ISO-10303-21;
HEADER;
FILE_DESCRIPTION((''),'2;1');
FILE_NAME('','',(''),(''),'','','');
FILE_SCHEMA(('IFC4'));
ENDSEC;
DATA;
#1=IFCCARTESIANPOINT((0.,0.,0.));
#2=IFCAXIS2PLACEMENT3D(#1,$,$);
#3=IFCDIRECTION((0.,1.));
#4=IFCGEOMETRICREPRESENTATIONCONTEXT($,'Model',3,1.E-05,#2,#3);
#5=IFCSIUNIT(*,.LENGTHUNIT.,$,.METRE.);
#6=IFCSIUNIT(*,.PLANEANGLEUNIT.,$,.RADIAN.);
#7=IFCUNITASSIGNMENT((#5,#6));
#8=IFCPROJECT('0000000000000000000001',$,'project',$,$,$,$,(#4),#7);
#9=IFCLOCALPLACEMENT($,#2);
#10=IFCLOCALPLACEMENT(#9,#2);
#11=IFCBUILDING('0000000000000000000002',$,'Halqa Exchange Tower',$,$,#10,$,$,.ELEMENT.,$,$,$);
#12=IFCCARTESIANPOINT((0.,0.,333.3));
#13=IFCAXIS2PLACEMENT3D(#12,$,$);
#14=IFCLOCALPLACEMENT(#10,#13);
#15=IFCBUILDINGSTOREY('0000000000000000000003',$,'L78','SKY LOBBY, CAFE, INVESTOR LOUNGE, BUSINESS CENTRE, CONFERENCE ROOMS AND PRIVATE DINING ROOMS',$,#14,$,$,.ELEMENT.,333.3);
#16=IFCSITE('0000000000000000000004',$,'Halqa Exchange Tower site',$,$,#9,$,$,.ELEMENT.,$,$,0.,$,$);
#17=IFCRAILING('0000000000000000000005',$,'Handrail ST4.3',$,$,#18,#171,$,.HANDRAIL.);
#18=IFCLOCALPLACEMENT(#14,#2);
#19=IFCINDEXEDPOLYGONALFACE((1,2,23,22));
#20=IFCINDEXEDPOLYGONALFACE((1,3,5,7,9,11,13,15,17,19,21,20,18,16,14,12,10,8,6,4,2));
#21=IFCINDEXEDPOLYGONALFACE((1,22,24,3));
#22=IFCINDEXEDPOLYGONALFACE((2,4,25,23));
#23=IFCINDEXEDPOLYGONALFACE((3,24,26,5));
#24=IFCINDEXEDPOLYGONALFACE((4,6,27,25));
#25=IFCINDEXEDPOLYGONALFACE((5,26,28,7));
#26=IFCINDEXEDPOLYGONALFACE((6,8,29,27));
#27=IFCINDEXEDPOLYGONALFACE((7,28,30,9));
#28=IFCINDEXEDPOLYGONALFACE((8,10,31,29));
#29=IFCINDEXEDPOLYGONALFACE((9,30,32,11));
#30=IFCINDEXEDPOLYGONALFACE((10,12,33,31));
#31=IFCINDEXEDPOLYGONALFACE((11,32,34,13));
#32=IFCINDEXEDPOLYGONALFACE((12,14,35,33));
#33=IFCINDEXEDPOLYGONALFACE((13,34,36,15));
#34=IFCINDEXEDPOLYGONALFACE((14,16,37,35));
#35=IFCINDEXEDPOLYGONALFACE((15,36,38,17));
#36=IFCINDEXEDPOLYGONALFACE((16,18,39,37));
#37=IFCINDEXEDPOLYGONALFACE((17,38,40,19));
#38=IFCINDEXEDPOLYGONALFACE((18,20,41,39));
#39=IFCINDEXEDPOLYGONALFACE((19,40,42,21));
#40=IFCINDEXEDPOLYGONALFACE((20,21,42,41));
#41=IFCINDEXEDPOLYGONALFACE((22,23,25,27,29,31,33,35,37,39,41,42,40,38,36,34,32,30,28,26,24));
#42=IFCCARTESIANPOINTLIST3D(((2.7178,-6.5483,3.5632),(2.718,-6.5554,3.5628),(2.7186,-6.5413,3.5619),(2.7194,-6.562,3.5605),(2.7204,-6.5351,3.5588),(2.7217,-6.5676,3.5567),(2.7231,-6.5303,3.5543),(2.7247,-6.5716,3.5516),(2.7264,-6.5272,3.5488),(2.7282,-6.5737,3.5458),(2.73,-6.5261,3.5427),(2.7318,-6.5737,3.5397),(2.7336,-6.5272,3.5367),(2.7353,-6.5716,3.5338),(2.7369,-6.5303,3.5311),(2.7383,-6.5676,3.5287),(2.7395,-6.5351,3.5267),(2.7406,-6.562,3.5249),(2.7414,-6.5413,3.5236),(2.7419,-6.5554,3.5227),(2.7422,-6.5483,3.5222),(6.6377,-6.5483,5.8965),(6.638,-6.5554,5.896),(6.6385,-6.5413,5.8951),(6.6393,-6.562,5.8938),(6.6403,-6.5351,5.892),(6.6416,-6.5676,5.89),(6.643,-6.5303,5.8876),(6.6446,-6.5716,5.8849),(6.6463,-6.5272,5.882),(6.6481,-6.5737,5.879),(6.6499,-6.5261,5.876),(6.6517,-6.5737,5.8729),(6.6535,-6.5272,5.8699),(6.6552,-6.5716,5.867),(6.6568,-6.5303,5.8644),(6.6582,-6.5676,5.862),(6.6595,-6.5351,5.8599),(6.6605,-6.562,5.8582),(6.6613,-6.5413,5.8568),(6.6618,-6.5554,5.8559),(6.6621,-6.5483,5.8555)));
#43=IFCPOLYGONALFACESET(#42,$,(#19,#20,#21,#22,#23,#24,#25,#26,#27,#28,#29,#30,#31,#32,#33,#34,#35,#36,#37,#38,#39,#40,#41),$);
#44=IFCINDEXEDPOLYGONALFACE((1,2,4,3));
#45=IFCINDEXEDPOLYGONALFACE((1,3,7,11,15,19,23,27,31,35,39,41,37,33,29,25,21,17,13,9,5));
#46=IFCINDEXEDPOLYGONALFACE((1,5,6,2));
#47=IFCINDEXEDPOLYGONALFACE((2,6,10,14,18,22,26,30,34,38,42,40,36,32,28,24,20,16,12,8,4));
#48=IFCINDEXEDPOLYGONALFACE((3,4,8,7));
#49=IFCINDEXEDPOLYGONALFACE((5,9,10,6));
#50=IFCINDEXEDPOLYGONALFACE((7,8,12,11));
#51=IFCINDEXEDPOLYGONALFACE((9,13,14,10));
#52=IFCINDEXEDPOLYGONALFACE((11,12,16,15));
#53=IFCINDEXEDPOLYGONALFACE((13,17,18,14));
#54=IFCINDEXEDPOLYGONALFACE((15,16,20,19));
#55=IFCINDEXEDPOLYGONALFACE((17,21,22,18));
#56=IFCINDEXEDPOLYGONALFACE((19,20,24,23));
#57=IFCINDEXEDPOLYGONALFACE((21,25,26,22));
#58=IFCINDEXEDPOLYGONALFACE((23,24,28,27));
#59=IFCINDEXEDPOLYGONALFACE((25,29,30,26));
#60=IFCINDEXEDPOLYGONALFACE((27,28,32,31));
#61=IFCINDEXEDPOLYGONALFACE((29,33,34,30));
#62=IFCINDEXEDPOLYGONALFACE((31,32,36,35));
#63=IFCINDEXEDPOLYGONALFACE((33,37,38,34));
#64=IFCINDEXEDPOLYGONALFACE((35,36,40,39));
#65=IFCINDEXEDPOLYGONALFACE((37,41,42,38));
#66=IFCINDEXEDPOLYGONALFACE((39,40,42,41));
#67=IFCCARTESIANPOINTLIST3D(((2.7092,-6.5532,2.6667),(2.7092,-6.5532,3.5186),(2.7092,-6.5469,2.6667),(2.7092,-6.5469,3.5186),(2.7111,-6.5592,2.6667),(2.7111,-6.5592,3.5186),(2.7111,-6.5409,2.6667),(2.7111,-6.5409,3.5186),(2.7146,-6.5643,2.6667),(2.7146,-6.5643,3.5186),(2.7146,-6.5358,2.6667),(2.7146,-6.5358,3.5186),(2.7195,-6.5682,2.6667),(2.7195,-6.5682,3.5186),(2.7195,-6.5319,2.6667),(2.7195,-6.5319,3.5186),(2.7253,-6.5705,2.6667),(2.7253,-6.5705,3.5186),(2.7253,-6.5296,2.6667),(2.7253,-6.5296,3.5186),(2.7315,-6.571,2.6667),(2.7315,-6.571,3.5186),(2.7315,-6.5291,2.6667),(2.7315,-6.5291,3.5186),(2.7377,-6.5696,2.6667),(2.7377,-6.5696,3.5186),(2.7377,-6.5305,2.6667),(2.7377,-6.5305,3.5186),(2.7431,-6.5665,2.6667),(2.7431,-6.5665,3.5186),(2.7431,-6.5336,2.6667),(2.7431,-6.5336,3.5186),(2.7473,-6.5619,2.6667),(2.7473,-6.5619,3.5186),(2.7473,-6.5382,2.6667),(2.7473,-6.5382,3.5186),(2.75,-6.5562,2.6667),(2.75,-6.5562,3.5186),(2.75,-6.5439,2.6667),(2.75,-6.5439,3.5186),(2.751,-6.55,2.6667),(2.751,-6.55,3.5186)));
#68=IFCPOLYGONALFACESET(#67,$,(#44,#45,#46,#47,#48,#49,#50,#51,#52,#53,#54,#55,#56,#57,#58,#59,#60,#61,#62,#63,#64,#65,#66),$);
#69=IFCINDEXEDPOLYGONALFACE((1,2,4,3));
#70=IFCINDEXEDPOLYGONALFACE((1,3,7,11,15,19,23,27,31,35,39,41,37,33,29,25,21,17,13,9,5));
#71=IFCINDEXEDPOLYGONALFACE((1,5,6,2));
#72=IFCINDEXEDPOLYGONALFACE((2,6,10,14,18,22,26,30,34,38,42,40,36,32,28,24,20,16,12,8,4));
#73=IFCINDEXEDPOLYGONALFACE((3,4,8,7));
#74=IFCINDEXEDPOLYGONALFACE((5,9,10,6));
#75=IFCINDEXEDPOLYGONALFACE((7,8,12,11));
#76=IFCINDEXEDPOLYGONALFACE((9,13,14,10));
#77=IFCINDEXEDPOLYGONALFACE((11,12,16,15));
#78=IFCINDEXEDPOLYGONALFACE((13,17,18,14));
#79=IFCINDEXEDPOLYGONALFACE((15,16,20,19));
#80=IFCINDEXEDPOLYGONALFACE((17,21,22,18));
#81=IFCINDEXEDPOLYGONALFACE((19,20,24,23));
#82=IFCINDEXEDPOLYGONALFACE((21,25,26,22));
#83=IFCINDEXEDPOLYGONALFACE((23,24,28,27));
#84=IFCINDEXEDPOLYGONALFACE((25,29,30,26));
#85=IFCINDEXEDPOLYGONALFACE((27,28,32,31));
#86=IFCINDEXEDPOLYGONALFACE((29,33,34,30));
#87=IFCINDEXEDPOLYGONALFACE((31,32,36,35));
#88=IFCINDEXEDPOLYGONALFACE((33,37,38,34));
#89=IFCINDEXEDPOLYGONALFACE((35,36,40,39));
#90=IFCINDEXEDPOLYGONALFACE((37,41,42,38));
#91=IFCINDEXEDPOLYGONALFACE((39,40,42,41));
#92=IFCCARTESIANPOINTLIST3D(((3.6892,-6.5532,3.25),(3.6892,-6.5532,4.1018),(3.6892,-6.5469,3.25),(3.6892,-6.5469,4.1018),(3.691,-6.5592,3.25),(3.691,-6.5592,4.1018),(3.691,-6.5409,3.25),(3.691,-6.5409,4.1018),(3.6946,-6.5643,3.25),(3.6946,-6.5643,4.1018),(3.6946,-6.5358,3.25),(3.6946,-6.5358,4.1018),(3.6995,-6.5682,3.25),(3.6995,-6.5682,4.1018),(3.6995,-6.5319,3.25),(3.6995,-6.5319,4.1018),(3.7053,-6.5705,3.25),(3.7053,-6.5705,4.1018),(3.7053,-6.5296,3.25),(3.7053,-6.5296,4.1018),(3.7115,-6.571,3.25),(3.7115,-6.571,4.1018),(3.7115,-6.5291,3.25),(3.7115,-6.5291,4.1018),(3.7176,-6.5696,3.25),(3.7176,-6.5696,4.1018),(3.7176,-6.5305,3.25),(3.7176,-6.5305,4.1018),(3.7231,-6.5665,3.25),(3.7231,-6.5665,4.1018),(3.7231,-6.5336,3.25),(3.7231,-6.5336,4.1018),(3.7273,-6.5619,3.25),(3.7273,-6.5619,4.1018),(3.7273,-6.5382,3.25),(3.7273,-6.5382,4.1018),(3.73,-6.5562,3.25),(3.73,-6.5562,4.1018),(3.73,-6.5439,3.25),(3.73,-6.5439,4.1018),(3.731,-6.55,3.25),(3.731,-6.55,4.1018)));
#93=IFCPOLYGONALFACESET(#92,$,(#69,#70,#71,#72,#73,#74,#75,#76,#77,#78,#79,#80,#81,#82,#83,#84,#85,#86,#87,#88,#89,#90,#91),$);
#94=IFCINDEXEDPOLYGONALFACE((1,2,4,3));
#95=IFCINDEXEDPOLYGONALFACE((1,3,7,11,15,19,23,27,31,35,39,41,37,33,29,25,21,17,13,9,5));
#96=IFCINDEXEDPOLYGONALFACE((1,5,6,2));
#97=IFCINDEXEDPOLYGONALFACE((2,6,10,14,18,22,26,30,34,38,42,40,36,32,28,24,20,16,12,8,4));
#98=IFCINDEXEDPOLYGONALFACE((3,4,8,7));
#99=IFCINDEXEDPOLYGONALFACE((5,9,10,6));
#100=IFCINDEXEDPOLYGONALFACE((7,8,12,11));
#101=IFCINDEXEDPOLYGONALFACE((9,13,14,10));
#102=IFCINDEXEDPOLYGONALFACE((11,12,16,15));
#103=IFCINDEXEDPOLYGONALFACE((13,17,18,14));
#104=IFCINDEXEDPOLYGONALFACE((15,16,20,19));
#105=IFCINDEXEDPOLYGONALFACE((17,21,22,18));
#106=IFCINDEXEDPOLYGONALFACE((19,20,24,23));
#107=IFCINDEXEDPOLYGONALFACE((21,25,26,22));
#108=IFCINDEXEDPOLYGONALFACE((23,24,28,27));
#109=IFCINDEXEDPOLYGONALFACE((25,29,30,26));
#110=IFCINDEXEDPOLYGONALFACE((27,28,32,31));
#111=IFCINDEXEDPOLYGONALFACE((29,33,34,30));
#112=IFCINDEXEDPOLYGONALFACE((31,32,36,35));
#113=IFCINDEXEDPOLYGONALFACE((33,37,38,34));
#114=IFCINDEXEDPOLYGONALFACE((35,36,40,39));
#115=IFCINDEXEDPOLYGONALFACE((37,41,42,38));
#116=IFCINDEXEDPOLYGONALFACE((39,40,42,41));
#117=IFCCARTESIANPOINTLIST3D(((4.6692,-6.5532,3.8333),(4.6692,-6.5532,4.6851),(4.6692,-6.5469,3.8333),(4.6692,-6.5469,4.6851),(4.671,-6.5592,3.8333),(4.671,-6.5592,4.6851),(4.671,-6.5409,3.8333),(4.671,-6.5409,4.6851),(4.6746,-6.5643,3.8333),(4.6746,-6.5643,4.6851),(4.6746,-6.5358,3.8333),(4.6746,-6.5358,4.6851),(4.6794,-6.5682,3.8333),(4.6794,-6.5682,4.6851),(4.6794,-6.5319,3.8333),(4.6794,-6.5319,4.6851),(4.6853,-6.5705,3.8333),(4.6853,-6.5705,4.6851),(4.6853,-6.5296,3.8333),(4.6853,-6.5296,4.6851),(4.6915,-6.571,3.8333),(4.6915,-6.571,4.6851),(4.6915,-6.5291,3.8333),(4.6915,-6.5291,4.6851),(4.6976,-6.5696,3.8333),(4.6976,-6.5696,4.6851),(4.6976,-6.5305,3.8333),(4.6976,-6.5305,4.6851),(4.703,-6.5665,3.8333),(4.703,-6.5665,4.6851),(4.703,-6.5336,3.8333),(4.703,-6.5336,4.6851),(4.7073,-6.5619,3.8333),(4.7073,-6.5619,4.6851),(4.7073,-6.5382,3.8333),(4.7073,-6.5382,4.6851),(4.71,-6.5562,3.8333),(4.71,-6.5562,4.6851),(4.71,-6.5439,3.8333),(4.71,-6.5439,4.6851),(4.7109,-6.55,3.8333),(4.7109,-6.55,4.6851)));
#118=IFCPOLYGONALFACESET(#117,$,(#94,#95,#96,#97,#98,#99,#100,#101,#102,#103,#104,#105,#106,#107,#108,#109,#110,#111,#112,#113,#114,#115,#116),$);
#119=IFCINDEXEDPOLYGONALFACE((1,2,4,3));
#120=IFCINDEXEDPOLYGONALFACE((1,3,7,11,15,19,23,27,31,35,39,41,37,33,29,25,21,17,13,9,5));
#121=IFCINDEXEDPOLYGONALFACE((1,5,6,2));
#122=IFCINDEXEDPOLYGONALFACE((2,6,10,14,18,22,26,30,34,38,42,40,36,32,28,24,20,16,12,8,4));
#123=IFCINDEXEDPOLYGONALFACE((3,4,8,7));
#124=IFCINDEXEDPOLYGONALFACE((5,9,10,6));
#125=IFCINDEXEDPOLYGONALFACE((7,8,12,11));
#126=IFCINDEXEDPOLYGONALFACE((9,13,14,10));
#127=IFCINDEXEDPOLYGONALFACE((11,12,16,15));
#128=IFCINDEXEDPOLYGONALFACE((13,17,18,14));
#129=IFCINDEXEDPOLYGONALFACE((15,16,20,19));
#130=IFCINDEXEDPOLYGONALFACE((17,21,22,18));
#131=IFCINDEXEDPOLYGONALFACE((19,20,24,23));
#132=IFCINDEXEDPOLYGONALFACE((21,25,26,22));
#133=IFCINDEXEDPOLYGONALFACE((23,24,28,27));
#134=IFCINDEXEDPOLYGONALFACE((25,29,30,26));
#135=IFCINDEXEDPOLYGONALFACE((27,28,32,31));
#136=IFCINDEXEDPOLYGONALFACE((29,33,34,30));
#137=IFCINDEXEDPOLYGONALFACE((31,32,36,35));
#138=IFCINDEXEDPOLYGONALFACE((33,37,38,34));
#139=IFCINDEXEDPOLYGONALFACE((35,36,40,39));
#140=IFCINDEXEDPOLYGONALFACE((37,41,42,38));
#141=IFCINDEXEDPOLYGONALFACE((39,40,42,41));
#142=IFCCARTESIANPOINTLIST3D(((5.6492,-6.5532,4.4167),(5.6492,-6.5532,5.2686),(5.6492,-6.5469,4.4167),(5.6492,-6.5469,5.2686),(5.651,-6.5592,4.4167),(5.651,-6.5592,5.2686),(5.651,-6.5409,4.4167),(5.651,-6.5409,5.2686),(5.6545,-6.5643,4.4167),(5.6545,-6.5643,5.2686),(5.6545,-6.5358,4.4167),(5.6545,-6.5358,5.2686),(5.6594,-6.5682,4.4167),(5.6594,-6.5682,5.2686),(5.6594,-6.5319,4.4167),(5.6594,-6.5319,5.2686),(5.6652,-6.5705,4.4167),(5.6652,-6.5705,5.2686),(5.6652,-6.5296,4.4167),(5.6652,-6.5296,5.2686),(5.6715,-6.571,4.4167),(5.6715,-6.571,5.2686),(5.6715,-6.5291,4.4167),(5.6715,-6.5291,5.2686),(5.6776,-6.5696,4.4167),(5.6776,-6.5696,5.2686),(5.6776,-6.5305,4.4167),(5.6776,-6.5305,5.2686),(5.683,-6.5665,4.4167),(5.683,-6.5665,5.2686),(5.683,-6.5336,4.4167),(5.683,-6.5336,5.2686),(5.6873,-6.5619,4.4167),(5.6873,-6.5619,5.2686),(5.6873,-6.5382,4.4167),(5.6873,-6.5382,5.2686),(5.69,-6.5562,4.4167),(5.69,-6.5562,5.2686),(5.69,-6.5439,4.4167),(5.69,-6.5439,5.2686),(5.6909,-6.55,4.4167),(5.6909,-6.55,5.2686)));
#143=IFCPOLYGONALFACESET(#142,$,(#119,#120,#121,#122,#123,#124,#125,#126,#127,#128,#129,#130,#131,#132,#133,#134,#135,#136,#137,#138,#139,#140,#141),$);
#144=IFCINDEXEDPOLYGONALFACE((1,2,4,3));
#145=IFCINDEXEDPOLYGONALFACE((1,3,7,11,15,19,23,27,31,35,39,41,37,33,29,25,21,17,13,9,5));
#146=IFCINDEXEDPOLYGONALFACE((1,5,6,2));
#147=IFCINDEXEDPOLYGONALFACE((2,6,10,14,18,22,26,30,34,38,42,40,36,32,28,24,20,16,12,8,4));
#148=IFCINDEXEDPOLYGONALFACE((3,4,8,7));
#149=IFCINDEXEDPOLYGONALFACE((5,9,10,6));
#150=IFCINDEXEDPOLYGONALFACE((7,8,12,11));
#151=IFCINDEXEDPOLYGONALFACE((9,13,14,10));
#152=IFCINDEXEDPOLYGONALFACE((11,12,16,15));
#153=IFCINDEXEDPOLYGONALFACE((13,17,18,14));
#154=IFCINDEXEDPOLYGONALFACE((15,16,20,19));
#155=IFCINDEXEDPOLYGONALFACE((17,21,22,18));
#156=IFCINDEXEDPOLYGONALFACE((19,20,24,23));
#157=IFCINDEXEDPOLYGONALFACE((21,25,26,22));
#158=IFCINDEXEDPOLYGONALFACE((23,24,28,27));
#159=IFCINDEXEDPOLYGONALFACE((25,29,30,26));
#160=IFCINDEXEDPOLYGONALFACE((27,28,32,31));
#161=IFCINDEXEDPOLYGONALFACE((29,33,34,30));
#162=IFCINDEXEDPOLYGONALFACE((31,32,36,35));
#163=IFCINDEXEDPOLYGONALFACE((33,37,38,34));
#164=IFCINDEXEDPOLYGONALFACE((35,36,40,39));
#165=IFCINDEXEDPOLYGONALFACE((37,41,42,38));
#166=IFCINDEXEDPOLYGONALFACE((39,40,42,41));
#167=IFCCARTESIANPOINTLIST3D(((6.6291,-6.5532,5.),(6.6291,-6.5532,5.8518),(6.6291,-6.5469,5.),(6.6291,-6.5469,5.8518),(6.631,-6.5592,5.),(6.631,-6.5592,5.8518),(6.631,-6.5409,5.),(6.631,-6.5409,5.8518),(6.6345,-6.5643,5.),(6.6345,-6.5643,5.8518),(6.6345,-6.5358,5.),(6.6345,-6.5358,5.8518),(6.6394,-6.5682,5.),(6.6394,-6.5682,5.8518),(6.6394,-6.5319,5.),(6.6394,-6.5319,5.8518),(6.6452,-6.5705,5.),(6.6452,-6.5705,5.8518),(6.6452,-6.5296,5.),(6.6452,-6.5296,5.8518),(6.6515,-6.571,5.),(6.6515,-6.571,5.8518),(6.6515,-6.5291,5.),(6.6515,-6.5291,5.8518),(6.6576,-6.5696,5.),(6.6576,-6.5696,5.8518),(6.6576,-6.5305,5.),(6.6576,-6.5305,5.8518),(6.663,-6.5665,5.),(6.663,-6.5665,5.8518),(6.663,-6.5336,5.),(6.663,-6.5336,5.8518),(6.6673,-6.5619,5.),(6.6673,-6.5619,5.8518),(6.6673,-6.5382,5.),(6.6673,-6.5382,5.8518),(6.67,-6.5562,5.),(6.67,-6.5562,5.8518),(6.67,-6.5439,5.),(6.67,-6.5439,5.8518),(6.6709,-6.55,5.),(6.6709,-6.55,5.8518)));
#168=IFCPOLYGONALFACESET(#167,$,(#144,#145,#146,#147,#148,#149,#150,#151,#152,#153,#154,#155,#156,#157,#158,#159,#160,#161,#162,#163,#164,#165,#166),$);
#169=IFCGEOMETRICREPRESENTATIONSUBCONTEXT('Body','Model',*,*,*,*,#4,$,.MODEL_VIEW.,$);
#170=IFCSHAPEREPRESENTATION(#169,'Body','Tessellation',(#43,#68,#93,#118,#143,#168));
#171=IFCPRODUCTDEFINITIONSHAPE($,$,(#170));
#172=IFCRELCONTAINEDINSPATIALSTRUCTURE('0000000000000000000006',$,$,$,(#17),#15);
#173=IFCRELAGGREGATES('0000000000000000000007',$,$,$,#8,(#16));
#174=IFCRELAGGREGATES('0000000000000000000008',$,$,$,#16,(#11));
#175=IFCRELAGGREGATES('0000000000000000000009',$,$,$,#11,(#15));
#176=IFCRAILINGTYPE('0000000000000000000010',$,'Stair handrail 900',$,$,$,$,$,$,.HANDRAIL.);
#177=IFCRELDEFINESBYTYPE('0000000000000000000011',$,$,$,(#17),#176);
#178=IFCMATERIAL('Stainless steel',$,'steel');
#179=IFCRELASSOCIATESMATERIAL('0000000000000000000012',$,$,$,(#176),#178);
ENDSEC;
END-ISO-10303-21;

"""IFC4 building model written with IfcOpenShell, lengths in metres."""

from ifc_helpers import new_model, si_unit, direction, frame, origin, origin_2d, place, context, subcontext, project, spatial, circle, extrude, material, type_object, element, save


model = new_model("IFC4")

# Units and contexts
model_context = context("Model", 3, precision=1e-05, world=origin(), true_north=direction((0.0, 1.0)))
body_context = subcontext(model_context, "Body", "Model", "MODEL_VIEW")
ifc_project = project(units=[si_unit("LENGTHUNIT", "METRE"), si_unit("PLANEANGLEUNIT", "RADIAN")], contexts=[model_context])

# Site, building, storey
site_placement = place(None, origin())
site = spatial("IfcSite", under=ifc_project, at=site_placement, Name="Halqa Exchange Tower site", CompositionType="ELEMENT", RefElevation=0.0)
building_placement = place(site_placement, origin())
building = spatial("IfcBuilding", under=site, at=building_placement, Name="Halqa Exchange Tower", CompositionType="ELEMENT")
storey_placement = place(building_placement, frame((0.0, 0.0, 333.3)))
storey = spatial("IfcBuildingStorey", under=building, at=storey_placement, Name="L78", Description="SKY LOBBY, CAFE, INVESTOR LOUNGE, BUSINESS CENTRE, CONFERENCE ROOMS AND PRIVATE DINING ROOMS", CompositionType="ELEMENT", Elevation=333.3)

# Railing
ifc_material_1 = material(Name="Stainless steel", Category="steel")
railing_type = type_object("IfcRailingType", Name="Stair handrail 900", PredefinedType="HANDRAIL", material=ifc_material_1)
railing_1_placement = place(storey_placement, frame((2.73, -6.55, 2.6667)))
element("IfcRailing", 1, at=railing_1_placement, inside=storey, type_object=railing_type, Name="Handrail ST4.3", PredefinedType="HANDRAIL", context=body_context, shape_type="SweptSolid", body=[
    extrude(circle(Radius=0.0239, at=origin_2d()), frame((0.0, 0.0, 0.876), z_axis=(0.859296, 0.0, 0.511478), x_axis=(0.0, 1.0, 0.0)), (0.0, 0.0, 1.0), 4.5618),
    extrude(circle(Radius=0.021, at=origin_2d()), origin(), (0.0, 0.0, 1.0), 0.8518),
    extrude(circle(Radius=0.021, at=origin_2d()), frame((0.98, 0.0, 0.5833)), (0.0, 0.0, 1.0), 0.8518),
    extrude(circle(Radius=0.021, at=origin_2d()), frame((1.96, 0.0, 1.1665)), (0.0, 0.0, 1.0), 0.8518),
    extrude(circle(Radius=0.021, at=origin_2d()), frame((2.9399, 0.0, 1.75)), (0.0, 0.0, 1.0), 0.8518),
    extrude(circle(Radius=0.021, at=origin_2d()), frame((3.9199, 0.0, 2.3333)), (0.0, 0.0, 1.0), 0.8518),
])

save(model, "model.ifc")
